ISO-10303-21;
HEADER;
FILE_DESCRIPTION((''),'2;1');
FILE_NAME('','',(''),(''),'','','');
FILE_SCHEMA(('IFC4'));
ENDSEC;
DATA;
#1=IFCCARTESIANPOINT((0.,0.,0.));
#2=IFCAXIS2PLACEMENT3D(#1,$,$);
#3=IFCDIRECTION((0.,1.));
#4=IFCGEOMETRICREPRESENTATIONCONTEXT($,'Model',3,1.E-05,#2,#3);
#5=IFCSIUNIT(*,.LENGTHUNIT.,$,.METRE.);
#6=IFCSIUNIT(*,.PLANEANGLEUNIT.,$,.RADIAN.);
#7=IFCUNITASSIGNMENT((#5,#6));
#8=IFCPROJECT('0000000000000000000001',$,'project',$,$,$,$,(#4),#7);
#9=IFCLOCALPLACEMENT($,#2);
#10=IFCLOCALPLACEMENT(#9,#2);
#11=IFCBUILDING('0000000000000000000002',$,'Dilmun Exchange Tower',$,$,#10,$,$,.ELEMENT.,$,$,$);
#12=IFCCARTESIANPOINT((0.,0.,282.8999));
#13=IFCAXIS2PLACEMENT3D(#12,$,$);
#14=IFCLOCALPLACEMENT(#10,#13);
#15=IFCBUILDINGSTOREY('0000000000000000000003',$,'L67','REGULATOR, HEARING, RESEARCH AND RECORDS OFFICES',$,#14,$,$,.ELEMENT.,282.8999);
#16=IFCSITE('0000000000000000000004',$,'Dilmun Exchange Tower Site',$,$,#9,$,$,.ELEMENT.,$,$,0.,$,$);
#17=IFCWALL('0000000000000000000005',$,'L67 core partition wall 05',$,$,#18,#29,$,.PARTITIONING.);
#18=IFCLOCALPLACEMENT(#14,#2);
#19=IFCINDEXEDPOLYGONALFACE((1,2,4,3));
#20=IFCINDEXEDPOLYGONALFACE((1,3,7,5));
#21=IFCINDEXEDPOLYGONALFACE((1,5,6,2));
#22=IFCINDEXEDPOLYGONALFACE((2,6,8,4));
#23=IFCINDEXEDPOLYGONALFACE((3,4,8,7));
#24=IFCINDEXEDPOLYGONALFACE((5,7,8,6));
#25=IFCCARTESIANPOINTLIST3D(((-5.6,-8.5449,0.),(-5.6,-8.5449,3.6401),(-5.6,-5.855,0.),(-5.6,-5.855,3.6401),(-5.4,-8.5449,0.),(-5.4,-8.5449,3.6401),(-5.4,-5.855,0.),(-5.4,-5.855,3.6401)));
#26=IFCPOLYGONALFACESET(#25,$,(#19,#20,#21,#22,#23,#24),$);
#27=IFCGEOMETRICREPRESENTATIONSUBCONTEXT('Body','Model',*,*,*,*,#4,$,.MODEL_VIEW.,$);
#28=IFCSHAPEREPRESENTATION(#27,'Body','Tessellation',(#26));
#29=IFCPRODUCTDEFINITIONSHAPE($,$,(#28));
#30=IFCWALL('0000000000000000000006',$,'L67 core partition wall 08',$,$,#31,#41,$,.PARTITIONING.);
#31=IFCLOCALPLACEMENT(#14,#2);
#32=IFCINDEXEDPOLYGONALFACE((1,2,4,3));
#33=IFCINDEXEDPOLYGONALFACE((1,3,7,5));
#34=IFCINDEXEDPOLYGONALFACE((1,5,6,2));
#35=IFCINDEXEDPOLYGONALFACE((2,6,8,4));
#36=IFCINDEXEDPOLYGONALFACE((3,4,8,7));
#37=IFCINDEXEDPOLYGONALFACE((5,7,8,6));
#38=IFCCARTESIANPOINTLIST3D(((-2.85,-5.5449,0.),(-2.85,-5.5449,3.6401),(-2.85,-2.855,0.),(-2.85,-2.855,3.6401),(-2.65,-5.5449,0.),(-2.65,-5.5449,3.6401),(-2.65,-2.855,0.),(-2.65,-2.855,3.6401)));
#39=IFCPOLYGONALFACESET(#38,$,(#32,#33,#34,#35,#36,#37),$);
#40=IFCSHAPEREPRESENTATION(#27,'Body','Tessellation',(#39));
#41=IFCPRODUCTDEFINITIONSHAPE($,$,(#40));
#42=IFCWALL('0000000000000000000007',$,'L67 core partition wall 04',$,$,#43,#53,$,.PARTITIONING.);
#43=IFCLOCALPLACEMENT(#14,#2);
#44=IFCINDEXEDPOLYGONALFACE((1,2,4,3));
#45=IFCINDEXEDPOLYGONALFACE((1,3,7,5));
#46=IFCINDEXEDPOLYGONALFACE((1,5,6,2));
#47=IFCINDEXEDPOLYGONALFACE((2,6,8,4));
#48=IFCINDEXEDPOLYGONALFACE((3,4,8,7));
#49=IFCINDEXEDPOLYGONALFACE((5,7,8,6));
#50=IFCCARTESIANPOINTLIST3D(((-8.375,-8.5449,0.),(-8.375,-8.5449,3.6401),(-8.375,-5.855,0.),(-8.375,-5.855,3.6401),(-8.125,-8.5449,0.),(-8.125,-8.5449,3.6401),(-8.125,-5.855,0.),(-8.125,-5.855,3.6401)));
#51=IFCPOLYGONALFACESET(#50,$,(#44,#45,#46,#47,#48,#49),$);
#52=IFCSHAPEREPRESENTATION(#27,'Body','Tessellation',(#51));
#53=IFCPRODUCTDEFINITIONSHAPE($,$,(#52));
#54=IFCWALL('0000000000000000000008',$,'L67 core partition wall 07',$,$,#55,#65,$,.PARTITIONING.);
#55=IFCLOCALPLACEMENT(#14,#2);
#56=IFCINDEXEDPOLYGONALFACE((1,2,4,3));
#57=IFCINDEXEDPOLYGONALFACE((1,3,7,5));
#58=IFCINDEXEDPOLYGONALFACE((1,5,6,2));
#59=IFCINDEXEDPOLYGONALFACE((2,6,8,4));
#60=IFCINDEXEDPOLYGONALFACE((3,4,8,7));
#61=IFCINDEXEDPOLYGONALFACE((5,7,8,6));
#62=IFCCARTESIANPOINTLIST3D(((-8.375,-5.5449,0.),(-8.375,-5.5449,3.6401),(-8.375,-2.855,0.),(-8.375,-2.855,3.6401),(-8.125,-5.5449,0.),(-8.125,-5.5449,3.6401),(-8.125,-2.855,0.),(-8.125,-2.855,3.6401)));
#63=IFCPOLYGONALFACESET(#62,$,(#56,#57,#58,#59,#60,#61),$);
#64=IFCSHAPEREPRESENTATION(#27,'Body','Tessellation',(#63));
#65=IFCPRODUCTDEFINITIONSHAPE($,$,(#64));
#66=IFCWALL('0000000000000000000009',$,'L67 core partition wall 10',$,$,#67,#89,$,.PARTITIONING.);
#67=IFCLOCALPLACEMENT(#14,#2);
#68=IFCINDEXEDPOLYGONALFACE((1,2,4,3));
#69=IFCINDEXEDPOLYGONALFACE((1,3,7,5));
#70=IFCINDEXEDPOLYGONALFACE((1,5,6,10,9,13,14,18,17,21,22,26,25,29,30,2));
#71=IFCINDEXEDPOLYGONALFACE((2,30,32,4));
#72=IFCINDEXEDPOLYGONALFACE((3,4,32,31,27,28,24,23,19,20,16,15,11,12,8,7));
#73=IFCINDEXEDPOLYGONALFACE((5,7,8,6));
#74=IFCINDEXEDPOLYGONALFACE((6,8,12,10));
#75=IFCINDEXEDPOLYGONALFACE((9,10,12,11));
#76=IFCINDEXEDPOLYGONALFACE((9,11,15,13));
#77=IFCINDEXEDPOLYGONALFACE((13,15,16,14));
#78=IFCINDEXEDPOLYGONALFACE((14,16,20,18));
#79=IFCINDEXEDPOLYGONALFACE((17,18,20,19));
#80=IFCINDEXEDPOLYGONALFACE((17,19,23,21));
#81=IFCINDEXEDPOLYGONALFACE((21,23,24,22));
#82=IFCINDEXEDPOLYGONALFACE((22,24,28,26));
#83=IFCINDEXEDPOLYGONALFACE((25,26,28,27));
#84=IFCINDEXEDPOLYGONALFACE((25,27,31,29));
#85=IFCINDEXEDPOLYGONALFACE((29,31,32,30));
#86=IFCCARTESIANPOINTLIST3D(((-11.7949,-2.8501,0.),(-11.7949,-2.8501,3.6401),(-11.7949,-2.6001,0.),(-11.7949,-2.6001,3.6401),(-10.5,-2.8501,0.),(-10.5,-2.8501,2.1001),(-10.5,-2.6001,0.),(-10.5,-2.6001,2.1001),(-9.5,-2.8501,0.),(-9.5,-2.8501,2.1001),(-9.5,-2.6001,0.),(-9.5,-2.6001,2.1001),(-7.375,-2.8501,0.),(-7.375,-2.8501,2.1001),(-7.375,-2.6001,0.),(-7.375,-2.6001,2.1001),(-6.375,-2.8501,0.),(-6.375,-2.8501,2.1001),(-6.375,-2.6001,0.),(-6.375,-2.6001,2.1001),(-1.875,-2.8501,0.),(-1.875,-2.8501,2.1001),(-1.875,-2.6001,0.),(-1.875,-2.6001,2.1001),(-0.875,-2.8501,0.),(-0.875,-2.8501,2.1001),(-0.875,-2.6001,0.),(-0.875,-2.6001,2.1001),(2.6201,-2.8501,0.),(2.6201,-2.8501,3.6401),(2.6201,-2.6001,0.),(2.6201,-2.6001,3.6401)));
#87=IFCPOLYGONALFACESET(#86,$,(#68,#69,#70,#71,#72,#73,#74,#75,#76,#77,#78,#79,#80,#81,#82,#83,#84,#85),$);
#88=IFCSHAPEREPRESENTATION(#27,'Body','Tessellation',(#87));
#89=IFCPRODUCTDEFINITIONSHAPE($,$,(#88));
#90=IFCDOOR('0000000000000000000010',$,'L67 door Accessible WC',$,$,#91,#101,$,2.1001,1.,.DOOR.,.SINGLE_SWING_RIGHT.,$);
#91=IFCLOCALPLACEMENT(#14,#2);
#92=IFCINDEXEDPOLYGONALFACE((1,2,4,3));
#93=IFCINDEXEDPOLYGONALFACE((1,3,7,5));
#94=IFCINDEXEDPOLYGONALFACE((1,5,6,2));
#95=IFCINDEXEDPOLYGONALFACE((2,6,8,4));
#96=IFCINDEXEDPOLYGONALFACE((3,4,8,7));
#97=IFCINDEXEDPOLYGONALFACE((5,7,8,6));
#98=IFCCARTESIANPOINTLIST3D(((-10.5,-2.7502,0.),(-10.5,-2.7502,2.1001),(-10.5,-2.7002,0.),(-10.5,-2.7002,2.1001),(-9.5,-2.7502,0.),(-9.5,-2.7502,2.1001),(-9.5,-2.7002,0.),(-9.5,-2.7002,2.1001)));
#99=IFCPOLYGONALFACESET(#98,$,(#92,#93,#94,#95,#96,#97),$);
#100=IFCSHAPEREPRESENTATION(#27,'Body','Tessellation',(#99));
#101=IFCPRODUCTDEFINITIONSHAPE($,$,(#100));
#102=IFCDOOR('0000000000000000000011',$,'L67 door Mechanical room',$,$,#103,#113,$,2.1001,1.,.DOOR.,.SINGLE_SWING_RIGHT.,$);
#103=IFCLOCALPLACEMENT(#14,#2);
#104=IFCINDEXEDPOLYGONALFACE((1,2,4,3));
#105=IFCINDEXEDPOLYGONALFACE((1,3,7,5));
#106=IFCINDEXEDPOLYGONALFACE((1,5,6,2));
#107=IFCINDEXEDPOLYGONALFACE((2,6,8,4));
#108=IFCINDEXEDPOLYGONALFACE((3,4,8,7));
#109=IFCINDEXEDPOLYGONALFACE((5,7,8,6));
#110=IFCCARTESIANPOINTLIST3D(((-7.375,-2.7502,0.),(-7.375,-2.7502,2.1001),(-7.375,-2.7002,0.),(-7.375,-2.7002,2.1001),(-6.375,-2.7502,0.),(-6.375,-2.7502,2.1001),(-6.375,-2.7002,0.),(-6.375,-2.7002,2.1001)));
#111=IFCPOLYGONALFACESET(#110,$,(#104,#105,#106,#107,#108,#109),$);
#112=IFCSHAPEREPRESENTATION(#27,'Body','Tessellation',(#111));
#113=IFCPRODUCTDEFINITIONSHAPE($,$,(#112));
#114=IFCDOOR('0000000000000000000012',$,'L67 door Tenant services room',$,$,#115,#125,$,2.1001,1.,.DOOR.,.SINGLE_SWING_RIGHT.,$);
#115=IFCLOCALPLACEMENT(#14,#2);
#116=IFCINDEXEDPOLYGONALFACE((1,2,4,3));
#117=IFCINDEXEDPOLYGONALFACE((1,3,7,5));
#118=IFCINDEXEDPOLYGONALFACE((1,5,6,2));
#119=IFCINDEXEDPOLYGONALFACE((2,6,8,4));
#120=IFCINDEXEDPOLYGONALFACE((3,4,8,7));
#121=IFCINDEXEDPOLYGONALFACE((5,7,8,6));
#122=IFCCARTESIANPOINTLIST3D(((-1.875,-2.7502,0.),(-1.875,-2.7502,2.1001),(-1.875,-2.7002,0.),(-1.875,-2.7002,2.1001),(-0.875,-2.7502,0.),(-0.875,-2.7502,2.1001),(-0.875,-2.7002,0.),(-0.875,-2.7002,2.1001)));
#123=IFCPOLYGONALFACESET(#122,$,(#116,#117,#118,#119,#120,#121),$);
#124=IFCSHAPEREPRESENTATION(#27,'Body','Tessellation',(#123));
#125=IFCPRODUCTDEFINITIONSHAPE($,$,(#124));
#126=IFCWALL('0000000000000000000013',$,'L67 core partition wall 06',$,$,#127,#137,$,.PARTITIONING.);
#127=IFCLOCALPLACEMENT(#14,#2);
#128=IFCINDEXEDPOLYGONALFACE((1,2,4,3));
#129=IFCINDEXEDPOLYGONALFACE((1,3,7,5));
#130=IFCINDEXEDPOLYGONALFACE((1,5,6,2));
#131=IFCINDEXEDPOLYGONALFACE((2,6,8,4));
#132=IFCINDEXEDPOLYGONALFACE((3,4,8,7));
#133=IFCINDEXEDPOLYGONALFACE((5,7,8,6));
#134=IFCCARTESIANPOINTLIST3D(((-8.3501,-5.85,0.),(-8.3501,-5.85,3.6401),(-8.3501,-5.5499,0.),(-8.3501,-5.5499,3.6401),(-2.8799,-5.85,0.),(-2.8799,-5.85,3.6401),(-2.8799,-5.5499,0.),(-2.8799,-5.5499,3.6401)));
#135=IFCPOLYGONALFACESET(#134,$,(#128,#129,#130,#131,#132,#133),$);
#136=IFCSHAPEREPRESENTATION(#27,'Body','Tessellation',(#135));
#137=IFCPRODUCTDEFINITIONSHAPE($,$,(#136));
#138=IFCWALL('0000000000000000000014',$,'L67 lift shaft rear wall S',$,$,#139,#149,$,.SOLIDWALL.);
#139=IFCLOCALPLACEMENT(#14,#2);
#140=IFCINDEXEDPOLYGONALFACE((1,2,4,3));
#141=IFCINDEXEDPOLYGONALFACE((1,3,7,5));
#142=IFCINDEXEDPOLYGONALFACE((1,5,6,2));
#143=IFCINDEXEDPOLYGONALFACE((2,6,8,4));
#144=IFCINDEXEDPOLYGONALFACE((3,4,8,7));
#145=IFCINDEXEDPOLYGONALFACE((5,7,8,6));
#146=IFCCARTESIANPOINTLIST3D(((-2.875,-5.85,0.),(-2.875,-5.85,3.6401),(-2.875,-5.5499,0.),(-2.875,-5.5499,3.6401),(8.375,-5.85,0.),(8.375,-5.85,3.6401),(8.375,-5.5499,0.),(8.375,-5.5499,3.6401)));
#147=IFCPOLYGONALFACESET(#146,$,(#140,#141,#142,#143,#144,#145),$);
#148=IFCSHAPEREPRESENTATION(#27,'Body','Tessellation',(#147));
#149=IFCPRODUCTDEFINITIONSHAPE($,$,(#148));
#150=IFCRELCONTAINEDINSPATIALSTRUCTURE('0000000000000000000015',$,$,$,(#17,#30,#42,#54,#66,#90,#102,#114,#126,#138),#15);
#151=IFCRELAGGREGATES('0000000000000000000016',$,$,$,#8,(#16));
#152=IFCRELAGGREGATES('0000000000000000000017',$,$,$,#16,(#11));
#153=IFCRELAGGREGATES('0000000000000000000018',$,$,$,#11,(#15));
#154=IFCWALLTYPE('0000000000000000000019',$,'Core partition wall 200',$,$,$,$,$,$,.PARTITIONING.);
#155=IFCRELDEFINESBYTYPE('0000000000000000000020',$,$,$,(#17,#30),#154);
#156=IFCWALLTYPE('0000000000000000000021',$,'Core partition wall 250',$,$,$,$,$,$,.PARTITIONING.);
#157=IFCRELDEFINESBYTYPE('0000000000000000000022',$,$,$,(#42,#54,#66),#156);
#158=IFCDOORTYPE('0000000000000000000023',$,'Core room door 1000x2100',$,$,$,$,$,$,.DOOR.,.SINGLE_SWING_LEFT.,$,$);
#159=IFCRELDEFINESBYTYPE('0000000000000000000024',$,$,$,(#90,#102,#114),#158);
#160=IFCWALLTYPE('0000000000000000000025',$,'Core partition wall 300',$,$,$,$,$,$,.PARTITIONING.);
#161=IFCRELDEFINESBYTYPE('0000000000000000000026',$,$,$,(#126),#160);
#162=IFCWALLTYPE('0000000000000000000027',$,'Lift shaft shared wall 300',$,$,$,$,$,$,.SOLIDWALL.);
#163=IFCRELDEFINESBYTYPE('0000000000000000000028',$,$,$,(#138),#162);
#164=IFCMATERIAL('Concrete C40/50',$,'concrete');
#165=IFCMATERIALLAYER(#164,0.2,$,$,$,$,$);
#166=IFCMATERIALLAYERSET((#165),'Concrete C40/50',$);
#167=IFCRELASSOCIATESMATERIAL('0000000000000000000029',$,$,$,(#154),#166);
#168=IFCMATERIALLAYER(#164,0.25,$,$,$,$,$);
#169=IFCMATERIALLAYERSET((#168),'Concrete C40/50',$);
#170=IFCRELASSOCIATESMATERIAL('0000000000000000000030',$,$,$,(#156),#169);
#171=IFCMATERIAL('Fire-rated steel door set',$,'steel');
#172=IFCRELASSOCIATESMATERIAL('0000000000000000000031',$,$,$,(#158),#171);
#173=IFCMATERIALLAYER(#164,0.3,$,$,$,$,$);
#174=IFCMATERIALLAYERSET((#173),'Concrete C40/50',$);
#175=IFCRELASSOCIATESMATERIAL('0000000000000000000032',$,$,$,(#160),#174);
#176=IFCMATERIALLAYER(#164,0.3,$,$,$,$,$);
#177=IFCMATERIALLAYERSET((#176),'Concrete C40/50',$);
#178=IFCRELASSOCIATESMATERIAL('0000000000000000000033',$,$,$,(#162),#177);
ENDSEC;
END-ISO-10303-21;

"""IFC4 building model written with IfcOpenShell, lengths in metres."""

from ifc_helpers import new_model, si_unit, direction, frame, frame_2d, origin, place, context, subcontext, project, spatial, rectangle, extrude, material, layer, layer_set, type_object, element, fill, save


model = new_model("IFC4")

# Units and contexts
model_context = context("Model", 3, precision=1e-05, world=origin(), true_north=direction((0.0, 1.0)))
body_context = subcontext(model_context, "Body", "Model", "MODEL_VIEW")
ifc_project = project(units=[si_unit("LENGTHUNIT", "METRE"), si_unit("PLANEANGLEUNIT", "RADIAN")], contexts=[model_context])

# Site, building, storey
site_placement = place(None, origin())
site = spatial("IfcSite", under=ifc_project, at=site_placement, Name="Dilmun Exchange Tower Site", CompositionType="ELEMENT", RefElevation=0.0)
building_placement = place(site_placement, origin())
building = spatial("IfcBuilding", under=site, at=building_placement, Name="Dilmun Exchange Tower", CompositionType="ELEMENT")
storey_placement = place(building_placement, frame((0.0, 0.0, 282.8999)))
storey = spatial("IfcBuildingStorey", under=building, at=storey_placement, Name="L67", Description="REGULATOR, HEARING, RESEARCH AND RECORDS OFFICES", CompositionType="ELEMENT", Elevation=282.8999)

# Walls
ifc_material_1 = material(Name="Concrete C40/50", Category="concrete")
ifc_layer_1 = layer(ifc_material_1, 0.2)
ifc_layer_set_1 = layer_set([ifc_layer_1], Name="Concrete C40/50")
wall_type_1 = type_object("IfcWallType", Name="Core partition wall 200", PredefinedType="PARTITIONING", material=ifc_layer_set_1)
for number, where, z_axis, x_axis, name in (
    (1, (-5.5, -8.5449, 0.0), (0.0, 0.0, 1.0), (0.0, 1.0, 0.0), "L67 core partition wall 05"),
    (2, (-2.75, -5.5449, 0.0), (0.0, 0.0, 1.0), (0.0, 1.0, 0.0), "L67 core partition wall 08"),
):
    element("IfcWall", number, at=place(storey_placement, frame(where, z_axis=z_axis, x_axis=x_axis)), inside=storey, type_object=wall_type_1, Name=name, PredefinedType="PARTITIONING", context=body_context, shape_type="SweptSolid", body=[
        extrude(rectangle(XDim=2.6899, YDim=0.2, at=frame_2d((1.345, 0.0))), origin(), (0.0, 0.0, 1.0), 3.6401),
    ])
ifc_layer_2 = layer(ifc_material_1, 0.25)
ifc_layer_set_2 = layer_set([ifc_layer_2], Name="Concrete C40/50")
wall_type_2 = type_object("IfcWallType", Name="Core partition wall 250", PredefinedType="PARTITIONING", material=ifc_layer_set_2)
for number, where, z_axis, x_axis, name in (
    (3, (-8.25, -8.5449, 0.0), (0.0, 0.0, 1.0), (0.0, 1.0, 0.0), "L67 core partition wall 04"),
    (4, (-8.25, -5.5449, 0.0), (0.0, 0.0, 1.0), (0.0, 1.0, 0.0), "L67 core partition wall 07"),
):
    element("IfcWall", number, at=place(storey_placement, frame(where, z_axis=z_axis, x_axis=x_axis)), inside=storey, type_object=wall_type_2, Name=name, PredefinedType="PARTITIONING", context=body_context, shape_type="SweptSolid", body=[
        extrude(rectangle(XDim=2.6899, YDim=0.25, at=frame_2d((1.345, 0.0))), origin(), (0.0, 0.0, 1.0), 3.6401),
    ])

# Wall, openings, doors
wall_1_placement = place(storey_placement, frame((-11.7949, -2.7251, 0.0), z_axis=(0.0, 0.0, 1.0), x_axis=(1.0, 0.0, 0.0)))
wall_1 = element("IfcWall", 5, at=wall_1_placement, inside=storey, type_object=wall_type_2, Name="L67 core partition wall 10", PredefinedType="PARTITIONING", context=body_context, shape_type="SweptSolid", body=[
    extrude(rectangle(XDim=14.415, YDim=0.25, at=frame_2d((7.2075, 0.0))), origin(), (0.0, 0.0, 1.0), 3.6401),
])
opening_1_placement = place(wall_1_placement, frame((1.2949, 0.0, 0.0)))
opening_1 = element("IfcOpeningElement", 6, at=opening_1_placement, cuts=wall_1, PredefinedType="OPENING", context=body_context, shape_type="SweptSolid", body=[
    extrude(rectangle(XDim=1.0, YDim=2.1001, at=frame_2d((0.5, 1.05))), frame((0.0, 0.135, 0.0), z_axis=(0.0, -1.0, 0.0), x_axis=(1.0, 0.0, 0.0)), (0.0, 0.0, 1.0), 0.27),
])
opening_2_placement = place(wall_1_placement, frame((4.4199, 0.0, 0.0)))
opening_2 = element("IfcOpeningElement", 7, at=opening_2_placement, cuts=wall_1, PredefinedType="OPENING", context=body_context, shape_type="SweptSolid", body=[
    extrude(rectangle(XDim=1.0, YDim=2.1001, at=frame_2d((0.5, 1.05))), frame((0.0, 0.135, 0.0), z_axis=(0.0, -1.0, 0.0), x_axis=(1.0, 0.0, 0.0)), (0.0, 0.0, 1.0), 0.27),
])
opening_3_placement = place(wall_1_placement, frame((9.9199, 0.0, 0.0)))
opening_3 = element("IfcOpeningElement", 8, at=opening_3_placement, cuts=wall_1, PredefinedType="OPENING", context=body_context, shape_type="SweptSolid", body=[
    extrude(rectangle(XDim=1.0, YDim=2.1001, at=frame_2d((0.5, 1.05))), frame((0.0, 0.135, 0.0), z_axis=(0.0, -1.0, 0.0), x_axis=(1.0, 0.0, 0.0)), (0.0, 0.0, 1.0), 0.27),
])
ifc_material_2 = material(Name="Fire-rated steel door set", Category="steel")
door_type_1 = type_object("IfcDoorType", Name="Core room door 1000x2100", OperationType="SINGLE_SWING_LEFT", PredefinedType="DOOR", material=ifc_material_2)
door_1_placement = place(opening_1_placement, origin())
door_1 = element("IfcDoor", 9, at=door_1_placement, inside=storey, type_object=door_type_1, Name="L67 door Accessible WC", OperationType="SINGLE_SWING_RIGHT", OverallHeight=2.1001, OverallWidth=1.0, PredefinedType="DOOR", context=body_context, shape_type="SweptSolid", body=[
    extrude(rectangle(XDim=1.0, YDim=2.1001, at=frame_2d((0.5, 1.05))), frame((0.0, 0.0249, 0.0), z_axis=(0.0, -1.0, 0.0), x_axis=(1.0, 0.0, 0.0)), (0.0, 0.0, 1.0), 0.05),
])
fill(opening_1, door_1)
door_2_placement = place(opening_2_placement, origin())
door_2 = element("IfcDoor", 10, at=door_2_placement, inside=storey, type_object=door_type_1, Name="L67 door Mechanical room", OperationType="SINGLE_SWING_RIGHT", OverallHeight=2.1001, OverallWidth=1.0, PredefinedType="DOOR", context=body_context, shape_type="SweptSolid", body=[
    extrude(rectangle(XDim=1.0, YDim=2.1001, at=frame_2d((0.5, 1.05))), frame((0.0, 0.0249, 0.0), z_axis=(0.0, -1.0, 0.0), x_axis=(1.0, 0.0, 0.0)), (0.0, 0.0, 1.0), 0.05),
])
fill(opening_2, door_2)
door_3_placement = place(opening_3_placement, origin())
door_3 = element("IfcDoor", 11, at=door_3_placement, inside=storey, type_object=door_type_1, Name="L67 door Tenant services room", OperationType="SINGLE_SWING_RIGHT", OverallHeight=2.1001, OverallWidth=1.0, PredefinedType="DOOR", context=body_context, shape_type="SweptSolid", body=[
    extrude(rectangle(XDim=1.0, YDim=2.1001, at=frame_2d((0.5, 1.05))), frame((0.0, 0.0249, 0.0), z_axis=(0.0, -1.0, 0.0), x_axis=(1.0, 0.0, 0.0)), (0.0, 0.0, 1.0), 0.05),
])
fill(opening_3, door_3)

# Walls
ifc_layer_3 = layer(ifc_material_1, 0.3)
ifc_layer_set_3 = layer_set([ifc_layer_3], Name="Concrete C40/50")
wall_type_3 = type_object("IfcWallType", Name="Core partition wall 300", PredefinedType="PARTITIONING", material=ifc_layer_set_3)
wall_2_placement = place(storey_placement, frame((-8.3501, -5.7, 0.0), z_axis=(0.0, 0.0, 1.0), x_axis=(1.0, 0.0, 0.0)))
element("IfcWall", 12, at=wall_2_placement, inside=storey, type_object=wall_type_3, Name="L67 core partition wall 06", PredefinedType="PARTITIONING", context=body_context, shape_type="SweptSolid", body=[
    extrude(rectangle(XDim=5.4702, YDim=0.3, at=frame_2d((2.7351, 0.0))), origin(), (0.0, 0.0, 1.0), 3.6401),
])
ifc_layer_4 = layer(ifc_material_1, 0.3)
ifc_layer_set_4 = layer_set([ifc_layer_4], Name="Concrete C40/50")
wall_type_4 = type_object("IfcWallType", Name="Lift shaft shared wall 300", PredefinedType="SOLIDWALL", material=ifc_layer_set_4)
wall_3_placement = place(storey_placement, frame((-2.875, -5.7, 0.0), z_axis=(0.0, 0.0, 1.0), x_axis=(1.0, 0.0, 0.0)))
element("IfcWall", 13, at=wall_3_placement, inside=storey, type_object=wall_type_4, Name="L67 lift shaft rear wall S", PredefinedType="SOLIDWALL", context=body_context, shape_type="SweptSolid", body=[
    extrude(rectangle(XDim=11.25, YDim=0.3, at=frame_2d((5.625, 0.0))), origin(), (0.0, 0.0, 1.0), 3.6401),
])

save(model, "model.ifc")
